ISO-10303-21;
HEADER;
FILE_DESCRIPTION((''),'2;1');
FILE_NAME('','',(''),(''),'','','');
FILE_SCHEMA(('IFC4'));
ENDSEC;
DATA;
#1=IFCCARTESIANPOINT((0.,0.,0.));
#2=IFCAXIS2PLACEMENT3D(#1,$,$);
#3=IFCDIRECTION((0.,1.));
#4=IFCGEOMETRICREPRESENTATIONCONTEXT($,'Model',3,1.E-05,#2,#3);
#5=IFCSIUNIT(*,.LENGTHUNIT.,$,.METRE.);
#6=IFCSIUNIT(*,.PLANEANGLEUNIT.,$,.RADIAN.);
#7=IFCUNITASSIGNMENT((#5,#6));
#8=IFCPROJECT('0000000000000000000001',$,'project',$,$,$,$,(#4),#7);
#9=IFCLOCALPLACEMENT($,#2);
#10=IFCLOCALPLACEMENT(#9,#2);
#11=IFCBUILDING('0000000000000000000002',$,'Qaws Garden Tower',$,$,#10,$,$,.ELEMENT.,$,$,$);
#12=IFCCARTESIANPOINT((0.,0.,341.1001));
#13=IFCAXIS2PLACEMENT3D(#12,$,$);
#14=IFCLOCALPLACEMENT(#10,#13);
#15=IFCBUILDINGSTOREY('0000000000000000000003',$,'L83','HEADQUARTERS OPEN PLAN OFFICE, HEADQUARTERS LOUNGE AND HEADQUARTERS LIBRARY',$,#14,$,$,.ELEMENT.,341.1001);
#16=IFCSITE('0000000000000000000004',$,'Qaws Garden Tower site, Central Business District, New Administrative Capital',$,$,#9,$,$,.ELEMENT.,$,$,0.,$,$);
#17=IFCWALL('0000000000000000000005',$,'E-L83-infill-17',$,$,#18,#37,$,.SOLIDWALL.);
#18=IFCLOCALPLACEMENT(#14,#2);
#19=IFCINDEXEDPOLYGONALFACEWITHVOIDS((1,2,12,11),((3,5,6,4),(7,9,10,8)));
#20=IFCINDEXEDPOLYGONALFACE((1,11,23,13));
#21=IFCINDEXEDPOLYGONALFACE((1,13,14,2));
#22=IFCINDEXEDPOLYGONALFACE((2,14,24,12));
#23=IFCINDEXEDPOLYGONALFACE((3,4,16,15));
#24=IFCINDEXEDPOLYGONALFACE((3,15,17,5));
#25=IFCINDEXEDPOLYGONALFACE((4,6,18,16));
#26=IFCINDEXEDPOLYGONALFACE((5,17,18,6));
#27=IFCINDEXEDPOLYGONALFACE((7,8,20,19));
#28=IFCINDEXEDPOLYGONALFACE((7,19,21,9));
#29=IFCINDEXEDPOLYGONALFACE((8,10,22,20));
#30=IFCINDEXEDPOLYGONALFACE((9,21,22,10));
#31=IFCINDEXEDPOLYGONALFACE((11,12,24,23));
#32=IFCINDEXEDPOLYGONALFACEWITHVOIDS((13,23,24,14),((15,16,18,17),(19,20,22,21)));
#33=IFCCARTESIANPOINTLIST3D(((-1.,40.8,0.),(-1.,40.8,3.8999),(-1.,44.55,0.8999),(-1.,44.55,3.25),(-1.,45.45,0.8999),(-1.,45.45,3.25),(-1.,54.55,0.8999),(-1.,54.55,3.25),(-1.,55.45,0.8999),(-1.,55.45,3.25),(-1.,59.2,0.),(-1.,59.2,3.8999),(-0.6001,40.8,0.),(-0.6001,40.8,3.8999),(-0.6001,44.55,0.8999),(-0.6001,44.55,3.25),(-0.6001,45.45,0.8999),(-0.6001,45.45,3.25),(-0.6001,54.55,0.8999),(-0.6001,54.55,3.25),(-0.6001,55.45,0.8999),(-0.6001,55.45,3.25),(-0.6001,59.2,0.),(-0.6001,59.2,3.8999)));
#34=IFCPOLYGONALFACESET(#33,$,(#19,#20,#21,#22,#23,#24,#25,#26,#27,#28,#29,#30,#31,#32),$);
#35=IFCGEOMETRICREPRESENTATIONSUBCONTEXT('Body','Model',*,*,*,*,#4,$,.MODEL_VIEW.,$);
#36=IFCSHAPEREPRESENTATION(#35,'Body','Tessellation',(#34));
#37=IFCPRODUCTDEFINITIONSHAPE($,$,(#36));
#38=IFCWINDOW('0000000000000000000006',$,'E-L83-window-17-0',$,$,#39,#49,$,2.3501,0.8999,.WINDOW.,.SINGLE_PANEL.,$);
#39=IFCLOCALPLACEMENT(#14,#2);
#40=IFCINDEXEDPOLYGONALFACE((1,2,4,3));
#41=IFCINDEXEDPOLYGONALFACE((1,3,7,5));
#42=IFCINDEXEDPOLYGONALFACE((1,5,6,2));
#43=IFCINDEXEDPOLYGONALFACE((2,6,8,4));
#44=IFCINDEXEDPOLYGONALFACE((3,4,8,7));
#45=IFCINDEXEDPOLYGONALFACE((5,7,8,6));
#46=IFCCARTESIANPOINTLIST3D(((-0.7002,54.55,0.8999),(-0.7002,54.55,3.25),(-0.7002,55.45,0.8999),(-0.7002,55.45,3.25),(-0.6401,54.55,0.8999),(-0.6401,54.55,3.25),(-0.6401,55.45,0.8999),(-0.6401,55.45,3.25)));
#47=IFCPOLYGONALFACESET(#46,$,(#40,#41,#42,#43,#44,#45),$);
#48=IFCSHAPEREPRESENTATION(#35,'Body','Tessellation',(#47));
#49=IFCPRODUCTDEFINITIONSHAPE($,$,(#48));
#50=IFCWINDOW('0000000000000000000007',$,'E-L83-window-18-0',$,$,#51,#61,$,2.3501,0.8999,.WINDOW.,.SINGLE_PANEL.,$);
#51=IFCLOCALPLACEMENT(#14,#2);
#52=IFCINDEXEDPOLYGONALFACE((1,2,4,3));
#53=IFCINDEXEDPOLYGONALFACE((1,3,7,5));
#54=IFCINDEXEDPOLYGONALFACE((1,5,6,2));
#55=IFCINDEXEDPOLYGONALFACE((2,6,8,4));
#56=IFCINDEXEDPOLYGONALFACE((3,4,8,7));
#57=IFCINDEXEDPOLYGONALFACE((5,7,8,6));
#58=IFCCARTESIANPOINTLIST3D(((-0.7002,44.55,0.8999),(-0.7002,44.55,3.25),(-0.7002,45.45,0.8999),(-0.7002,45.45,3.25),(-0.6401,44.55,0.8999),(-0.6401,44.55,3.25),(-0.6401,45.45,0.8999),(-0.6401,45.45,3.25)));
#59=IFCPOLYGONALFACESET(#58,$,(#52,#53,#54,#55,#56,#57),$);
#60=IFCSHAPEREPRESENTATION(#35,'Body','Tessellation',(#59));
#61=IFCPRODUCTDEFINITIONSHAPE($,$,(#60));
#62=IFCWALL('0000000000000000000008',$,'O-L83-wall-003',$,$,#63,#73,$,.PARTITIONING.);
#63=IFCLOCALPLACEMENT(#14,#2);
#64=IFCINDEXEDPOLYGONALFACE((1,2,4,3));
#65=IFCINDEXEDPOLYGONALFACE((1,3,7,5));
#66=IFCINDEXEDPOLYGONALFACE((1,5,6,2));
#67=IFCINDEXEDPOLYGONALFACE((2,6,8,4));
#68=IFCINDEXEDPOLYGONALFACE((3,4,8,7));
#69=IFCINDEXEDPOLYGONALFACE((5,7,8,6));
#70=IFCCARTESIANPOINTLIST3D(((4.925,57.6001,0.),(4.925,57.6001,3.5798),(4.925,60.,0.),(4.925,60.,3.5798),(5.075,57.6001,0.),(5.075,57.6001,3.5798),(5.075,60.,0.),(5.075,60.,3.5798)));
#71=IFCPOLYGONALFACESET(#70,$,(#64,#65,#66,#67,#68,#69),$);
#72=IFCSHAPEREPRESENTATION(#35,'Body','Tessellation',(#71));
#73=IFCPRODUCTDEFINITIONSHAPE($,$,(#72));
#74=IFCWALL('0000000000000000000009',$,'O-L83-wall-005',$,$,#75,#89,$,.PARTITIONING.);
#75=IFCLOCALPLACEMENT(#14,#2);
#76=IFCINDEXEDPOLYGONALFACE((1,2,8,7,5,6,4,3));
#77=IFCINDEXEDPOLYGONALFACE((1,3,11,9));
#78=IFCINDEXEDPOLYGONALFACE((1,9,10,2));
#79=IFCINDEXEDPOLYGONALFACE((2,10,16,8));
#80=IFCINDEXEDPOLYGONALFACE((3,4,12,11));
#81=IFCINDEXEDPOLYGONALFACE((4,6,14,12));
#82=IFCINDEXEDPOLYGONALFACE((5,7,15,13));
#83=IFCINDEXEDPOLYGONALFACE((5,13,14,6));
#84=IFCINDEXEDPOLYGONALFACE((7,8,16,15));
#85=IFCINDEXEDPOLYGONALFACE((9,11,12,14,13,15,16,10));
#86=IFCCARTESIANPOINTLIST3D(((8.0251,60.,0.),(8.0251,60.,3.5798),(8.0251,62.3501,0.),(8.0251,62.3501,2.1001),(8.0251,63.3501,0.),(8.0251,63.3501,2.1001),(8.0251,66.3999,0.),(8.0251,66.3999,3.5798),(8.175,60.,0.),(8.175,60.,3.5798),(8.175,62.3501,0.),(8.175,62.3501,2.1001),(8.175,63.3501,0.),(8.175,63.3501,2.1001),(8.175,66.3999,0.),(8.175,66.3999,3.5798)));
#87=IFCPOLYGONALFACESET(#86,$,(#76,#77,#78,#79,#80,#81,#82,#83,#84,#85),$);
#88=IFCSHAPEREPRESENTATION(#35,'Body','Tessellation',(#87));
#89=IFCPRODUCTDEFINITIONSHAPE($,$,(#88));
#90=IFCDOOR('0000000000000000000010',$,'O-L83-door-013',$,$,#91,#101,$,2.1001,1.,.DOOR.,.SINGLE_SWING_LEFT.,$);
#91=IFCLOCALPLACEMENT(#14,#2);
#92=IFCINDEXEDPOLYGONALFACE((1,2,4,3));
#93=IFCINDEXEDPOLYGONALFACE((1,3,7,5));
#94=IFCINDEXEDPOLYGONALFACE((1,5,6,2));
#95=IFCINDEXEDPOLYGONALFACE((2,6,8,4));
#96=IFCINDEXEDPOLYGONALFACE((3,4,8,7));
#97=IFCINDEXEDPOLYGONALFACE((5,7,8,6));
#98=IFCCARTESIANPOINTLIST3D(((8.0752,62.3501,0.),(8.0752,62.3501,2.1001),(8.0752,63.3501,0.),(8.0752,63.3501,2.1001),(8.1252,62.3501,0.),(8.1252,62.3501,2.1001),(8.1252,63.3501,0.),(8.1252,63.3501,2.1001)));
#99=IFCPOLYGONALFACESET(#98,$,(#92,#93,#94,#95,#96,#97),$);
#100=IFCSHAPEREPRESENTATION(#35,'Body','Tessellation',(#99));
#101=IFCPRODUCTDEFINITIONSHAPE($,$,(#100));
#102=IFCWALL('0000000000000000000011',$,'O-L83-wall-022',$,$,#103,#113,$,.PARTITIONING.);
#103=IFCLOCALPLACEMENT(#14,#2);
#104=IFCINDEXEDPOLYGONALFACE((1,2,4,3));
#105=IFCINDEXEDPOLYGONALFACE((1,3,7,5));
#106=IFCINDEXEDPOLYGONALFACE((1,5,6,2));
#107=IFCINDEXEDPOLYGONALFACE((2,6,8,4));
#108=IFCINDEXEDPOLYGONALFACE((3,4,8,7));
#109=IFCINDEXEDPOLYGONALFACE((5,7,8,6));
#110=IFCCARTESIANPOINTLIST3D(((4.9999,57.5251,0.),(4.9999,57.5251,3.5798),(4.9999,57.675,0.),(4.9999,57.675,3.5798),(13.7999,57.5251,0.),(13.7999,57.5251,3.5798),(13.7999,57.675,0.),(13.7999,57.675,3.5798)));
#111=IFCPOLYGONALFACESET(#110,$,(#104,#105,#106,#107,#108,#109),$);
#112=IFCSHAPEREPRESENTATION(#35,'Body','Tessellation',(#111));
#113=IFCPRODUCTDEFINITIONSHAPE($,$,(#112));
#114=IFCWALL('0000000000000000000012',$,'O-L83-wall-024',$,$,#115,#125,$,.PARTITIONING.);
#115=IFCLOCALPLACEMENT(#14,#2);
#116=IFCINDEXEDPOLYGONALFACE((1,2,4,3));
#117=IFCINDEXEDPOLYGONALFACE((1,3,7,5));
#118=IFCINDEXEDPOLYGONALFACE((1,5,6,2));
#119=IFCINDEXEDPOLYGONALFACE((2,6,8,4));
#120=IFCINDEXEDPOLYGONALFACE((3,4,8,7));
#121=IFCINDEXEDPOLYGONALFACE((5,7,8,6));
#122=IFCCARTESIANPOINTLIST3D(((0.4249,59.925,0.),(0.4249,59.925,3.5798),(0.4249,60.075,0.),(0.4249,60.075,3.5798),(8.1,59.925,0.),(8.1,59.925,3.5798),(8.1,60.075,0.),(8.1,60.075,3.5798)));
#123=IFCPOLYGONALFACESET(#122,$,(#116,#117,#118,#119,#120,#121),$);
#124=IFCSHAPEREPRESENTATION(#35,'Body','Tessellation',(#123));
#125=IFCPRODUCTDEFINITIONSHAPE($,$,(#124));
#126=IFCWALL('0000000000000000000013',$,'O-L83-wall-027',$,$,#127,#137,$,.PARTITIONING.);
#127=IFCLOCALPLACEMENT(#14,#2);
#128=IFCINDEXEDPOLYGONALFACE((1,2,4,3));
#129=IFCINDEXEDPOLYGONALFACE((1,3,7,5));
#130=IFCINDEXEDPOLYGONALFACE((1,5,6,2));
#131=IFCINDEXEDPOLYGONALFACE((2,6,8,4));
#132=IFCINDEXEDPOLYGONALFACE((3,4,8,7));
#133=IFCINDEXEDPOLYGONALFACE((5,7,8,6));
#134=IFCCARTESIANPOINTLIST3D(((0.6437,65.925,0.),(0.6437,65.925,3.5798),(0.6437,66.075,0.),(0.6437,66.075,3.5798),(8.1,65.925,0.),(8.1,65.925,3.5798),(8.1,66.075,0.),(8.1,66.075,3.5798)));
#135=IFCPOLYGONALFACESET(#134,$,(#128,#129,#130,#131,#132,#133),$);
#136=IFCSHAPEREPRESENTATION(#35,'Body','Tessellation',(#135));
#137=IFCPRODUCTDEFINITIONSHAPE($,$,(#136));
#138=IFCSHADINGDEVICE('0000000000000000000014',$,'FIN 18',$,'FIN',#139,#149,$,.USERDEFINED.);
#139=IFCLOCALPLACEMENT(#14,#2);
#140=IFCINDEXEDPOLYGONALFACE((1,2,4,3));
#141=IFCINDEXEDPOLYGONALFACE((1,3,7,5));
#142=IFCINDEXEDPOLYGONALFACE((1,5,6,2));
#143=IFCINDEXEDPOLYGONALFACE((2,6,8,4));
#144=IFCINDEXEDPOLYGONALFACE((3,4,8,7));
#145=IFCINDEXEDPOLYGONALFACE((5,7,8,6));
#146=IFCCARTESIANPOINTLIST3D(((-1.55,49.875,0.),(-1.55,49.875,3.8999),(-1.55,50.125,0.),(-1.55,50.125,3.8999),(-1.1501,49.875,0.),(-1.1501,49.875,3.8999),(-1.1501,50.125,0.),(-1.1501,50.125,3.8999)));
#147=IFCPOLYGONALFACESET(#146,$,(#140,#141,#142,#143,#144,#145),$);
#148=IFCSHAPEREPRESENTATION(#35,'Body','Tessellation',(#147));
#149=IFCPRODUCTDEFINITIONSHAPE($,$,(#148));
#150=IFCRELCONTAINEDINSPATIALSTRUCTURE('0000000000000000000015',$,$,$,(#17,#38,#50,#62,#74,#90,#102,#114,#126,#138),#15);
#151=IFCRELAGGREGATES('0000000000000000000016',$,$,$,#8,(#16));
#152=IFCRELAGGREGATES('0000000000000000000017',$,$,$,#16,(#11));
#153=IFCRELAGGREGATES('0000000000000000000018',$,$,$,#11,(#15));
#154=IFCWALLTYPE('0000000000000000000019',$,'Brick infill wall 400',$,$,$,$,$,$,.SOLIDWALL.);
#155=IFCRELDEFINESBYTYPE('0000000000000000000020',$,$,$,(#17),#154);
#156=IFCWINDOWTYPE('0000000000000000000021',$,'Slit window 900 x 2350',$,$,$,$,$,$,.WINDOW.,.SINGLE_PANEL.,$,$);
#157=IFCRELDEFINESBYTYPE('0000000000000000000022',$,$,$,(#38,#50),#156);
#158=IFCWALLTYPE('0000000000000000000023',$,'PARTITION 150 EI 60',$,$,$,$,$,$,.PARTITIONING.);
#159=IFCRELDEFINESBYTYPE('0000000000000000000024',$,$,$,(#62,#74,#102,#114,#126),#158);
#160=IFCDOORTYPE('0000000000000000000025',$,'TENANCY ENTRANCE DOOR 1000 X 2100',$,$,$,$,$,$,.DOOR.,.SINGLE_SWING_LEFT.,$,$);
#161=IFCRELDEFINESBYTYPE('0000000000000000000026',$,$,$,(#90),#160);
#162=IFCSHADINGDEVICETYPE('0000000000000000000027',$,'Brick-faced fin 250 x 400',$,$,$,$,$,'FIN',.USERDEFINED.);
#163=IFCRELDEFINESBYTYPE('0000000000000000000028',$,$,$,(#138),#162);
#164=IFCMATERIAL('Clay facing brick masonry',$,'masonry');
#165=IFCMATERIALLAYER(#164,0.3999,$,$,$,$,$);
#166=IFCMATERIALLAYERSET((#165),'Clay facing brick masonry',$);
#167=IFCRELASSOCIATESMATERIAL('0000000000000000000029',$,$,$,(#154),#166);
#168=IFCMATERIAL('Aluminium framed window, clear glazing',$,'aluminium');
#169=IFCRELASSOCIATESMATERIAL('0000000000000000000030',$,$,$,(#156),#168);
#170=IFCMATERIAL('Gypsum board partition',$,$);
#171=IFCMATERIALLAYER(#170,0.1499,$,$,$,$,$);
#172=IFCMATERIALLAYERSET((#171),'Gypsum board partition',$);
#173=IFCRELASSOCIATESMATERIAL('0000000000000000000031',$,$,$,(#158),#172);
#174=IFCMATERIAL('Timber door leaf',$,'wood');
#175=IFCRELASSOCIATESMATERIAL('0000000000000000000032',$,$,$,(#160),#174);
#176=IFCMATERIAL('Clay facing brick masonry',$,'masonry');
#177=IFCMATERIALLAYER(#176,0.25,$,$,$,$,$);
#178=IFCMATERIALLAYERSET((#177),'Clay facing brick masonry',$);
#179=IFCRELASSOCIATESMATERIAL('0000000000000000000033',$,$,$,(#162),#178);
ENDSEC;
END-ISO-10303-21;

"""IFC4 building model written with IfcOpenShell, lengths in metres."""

from ifc_helpers import new_model, si_unit, direction, frame, frame_2d, origin, origin_2d, place, context, subcontext, project, spatial, rectangle, extrude, material, layer, layer_set, type_object, element, fill, save


model = new_model("IFC4")

# Units and contexts
model_context = context("Model", 3, precision=1e-05, world=origin(), true_north=direction((0.0, 1.0)))
body_context = subcontext(model_context, "Body", "Model", "MODEL_VIEW")
ifc_project = project(units=[si_unit("LENGTHUNIT", "METRE"), si_unit("PLANEANGLEUNIT", "RADIAN")], contexts=[model_context])

# Site, building, storey
site_placement = place(None, origin())
site = spatial("IfcSite", under=ifc_project, at=site_placement, Name="Qaws Garden Tower site, Central Business District, New Administrative Capital", CompositionType="ELEMENT", RefElevation=0.0)
building_placement = place(site_placement, origin())
building = spatial("IfcBuilding", under=site, at=building_placement, Name="Qaws Garden Tower", CompositionType="ELEMENT")
storey_placement = place(building_placement, frame((0.0, 0.0, 341.1001)))
storey = spatial("IfcBuildingStorey", under=building, at=storey_placement, Name="L83", Description="HEADQUARTERS OPEN PLAN OFFICE, HEADQUARTERS LOUNGE AND HEADQUARTERS LIBRARY", CompositionType="ELEMENT", Elevation=341.1001)

# Shared definitions
ifc_material_1 = material(Name="Clay facing brick masonry", Category="masonry")
ifc_layer_1 = layer(ifc_material_1, 0.3999)
ifc_layer_set_1 = layer_set([ifc_layer_1], Name="Clay facing brick masonry")
wall_type_1 = type_object("IfcWallType", Name="Brick infill wall 400", PredefinedType="SOLIDWALL", material=ifc_layer_set_1)

# Wall, openings, windows
wall_1_placement = place(storey_placement, frame((-0.8, 59.2, 0.0), z_axis=(0.0, 0.0, 1.0), x_axis=(0.0, -1.0, 0.0)))
wall_1 = element("IfcWall", 1, at=wall_1_placement, inside=storey, type_object=wall_type_1, Name="E-L83-infill-17", PredefinedType="SOLIDWALL", context=body_context, shape_type="SweptSolid", body=[
    extrude(rectangle(XDim=18.3999, YDim=0.3999, at=frame_2d((9.2, 0.0))), origin(), (0.0, 0.0, 1.0), 3.8999),
])
opening_1_placement = place(wall_1_placement, frame((3.75, 0.0, 0.8999)))
opening_1 = element("IfcOpeningElement", 2, at=opening_1_placement, cuts=wall_1, PredefinedType="OPENING", context=body_context, shape_type="SweptSolid", body=[
    extrude(rectangle(XDim=0.8999, YDim=2.3501, at=frame_2d((0.45, 1.175))), frame((0.0, 0.21, 0.0), z_axis=(0.0, -1.0, 0.0), x_axis=(1.0, 0.0, 0.0)), (0.0, 0.0, 1.0), 0.4199),
])
opening_2_placement = place(wall_1_placement, frame((13.75, 0.0, 0.8999)))
opening_2 = element("IfcOpeningElement", 3, at=opening_2_placement, cuts=wall_1, PredefinedType="OPENING", context=body_context, shape_type="SweptSolid", body=[
    extrude(rectangle(XDim=0.8999, YDim=2.3501, at=frame_2d((0.45, 1.175))), frame((0.0, 0.21, 0.0), z_axis=(0.0, -1.0, 0.0), x_axis=(1.0, 0.0, 0.0)), (0.0, 0.0, 1.0), 0.4199),
])
ifc_material_2 = material(Name="Aluminium framed window, clear glazing", Category="aluminium")
window_type_1 = type_object("IfcWindowType", Name="Slit window 900 x 2350", PartitioningType="SINGLE_PANEL", PredefinedType="WINDOW", material=ifc_material_2)
window_1_placement = place(opening_1_placement, origin())
window_1 = element("IfcWindow", 4, at=window_1_placement, inside=storey, type_object=window_type_1, Name="E-L83-window-17-0", OverallHeight=2.3501, OverallWidth=0.8999, PartitioningType="SINGLE_PANEL", PredefinedType="WINDOW", context=body_context, shape_type="SweptSolid", body=[
    extrude(rectangle(XDim=0.8999, YDim=2.3501, at=frame_2d((0.45, 1.175))), frame((0.0, 0.1599, 0.0), z_axis=(0.0, -1.0, 0.0), x_axis=(1.0, 0.0, 0.0)), (0.0, 0.0, 1.0), 0.0601),
])
fill(opening_1, window_1)
window_2_placement = place(opening_2_placement, origin())
window_2 = element("IfcWindow", 5, at=window_2_placement, inside=storey, type_object=window_type_1, Name="E-L83-window-18-0", OverallHeight=2.3501, OverallWidth=0.8999, PartitioningType="SINGLE_PANEL", PredefinedType="WINDOW", context=body_context, shape_type="SweptSolid", body=[
    extrude(rectangle(XDim=0.8999, YDim=2.3501, at=frame_2d((0.45, 1.175))), frame((0.0, 0.1599, 0.0), z_axis=(0.0, -1.0, 0.0), x_axis=(1.0, 0.0, 0.0)), (0.0, 0.0, 1.0), 0.0601),
])
fill(opening_2, window_2)

# Wall
ifc_material_3 = material(Name="Gypsum board partition")
ifc_layer_2 = layer(ifc_material_3, 0.1499)
ifc_layer_set_2 = layer_set([ifc_layer_2], Name="Gypsum board partition")
wall_type_2 = type_object("IfcWallType", Name="PARTITION 150 EI 60", PredefinedType="PARTITIONING", material=ifc_layer_set_2)
wall_2_placement = place(storey_placement, frame((5.0, 57.6001, 0.0), z_axis=(0.0, 0.0, 1.0), x_axis=(0.0, 1.0, 0.0)))
element("IfcWall", 6, at=wall_2_placement, inside=storey, type_object=wall_type_2, Name="O-L83-wall-003", PredefinedType="PARTITIONING", context=body_context, shape_type="SweptSolid", body=[
    extrude(rectangle(XDim=2.3999, YDim=0.1499, at=frame_2d((1.2, 0.0))), origin(), (0.0, 0.0, 1.0), 3.5798),
])

# Wall, opening, door
wall_3_placement = place(storey_placement, frame((8.1001, 60.0, 0.0), z_axis=(0.0, 0.0, 1.0), x_axis=(0.0, 1.0, 0.0)))
wall_3 = element("IfcWall", 7, at=wall_3_placement, inside=storey, type_object=wall_type_2, Name="O-L83-wall-005", PredefinedType="PARTITIONING", context=body_context, shape_type="SweptSolid", body=[
    extrude(rectangle(XDim=6.3999, YDim=0.1499, at=frame_2d((3.2, 0.0))), origin(), (0.0, 0.0, 1.0), 3.5798),
])
opening_3_placement = place(wall_3_placement, frame((2.3501, 0.0, 0.0)))
opening_3 = element("IfcOpeningElement", 8, at=opening_3_placement, cuts=wall_3, PredefinedType="OPENING", context=body_context, shape_type="SweptSolid", body=[
    extrude(rectangle(XDim=1.0, YDim=2.1001, at=frame_2d((0.5, 1.05))), frame((0.0, 0.085, 0.0), z_axis=(0.0, -1.0, 0.0), x_axis=(1.0, 0.0, 0.0)), (0.0, 0.0, 1.0), 0.1699),
])
ifc_material_4 = material(Name="Timber door leaf", Category="wood")
door_type = type_object("IfcDoorType", Name="TENANCY ENTRANCE DOOR 1000 X 2100", OperationType="SINGLE_SWING_LEFT", PredefinedType="DOOR", material=ifc_material_4)
door_placement = place(opening_3_placement, origin())
door = element("IfcDoor", 9, at=door_placement, inside=storey, type_object=door_type, Name="O-L83-door-013", OperationType="SINGLE_SWING_LEFT", OverallHeight=2.1001, OverallWidth=1.0, PredefinedType="DOOR", context=body_context, shape_type="SweptSolid", body=[
    extrude(rectangle(XDim=1.0, YDim=2.1001, at=frame_2d((0.5, 1.05))), frame((0.0, 0.0249, 0.0), z_axis=(0.0, -1.0, 0.0), x_axis=(1.0, 0.0, 0.0)), (0.0, 0.0, 1.0), 0.05),
])
fill(opening_3, door)

# Walls
wall_4_placement = place(storey_placement, frame((5.0, 57.6001, 0.0), z_axis=(0.0, 0.0, 1.0), x_axis=(1.0, 0.0, 0.0)))
element("IfcWall", 10, at=wall_4_placement, inside=storey, type_object=wall_type_2, Name="O-L83-wall-022", PredefinedType="PARTITIONING", context=body_context, shape_type="SweptSolid", body=[
    extrude(rectangle(XDim=8.8, YDim=0.1499, at=frame_2d((4.3999, 0.0))), origin(), (0.0, 0.0, 1.0), 3.5798),
])
wall_5_placement = place(storey_placement, frame((0.425, 60.0, 0.0), z_axis=(0.0, 0.0, 1.0), x_axis=(1.0, 0.0, 0.0)))
element("IfcWall", 11, at=wall_5_placement, inside=storey, type_object=wall_type_2, Name="O-L83-wall-024", PredefinedType="PARTITIONING", context=body_context, shape_type="SweptSolid", body=[
    extrude(rectangle(XDim=7.675, YDim=0.1499, at=frame_2d((3.8374, 0.0))), origin(), (0.0, 0.0, 1.0), 3.5798),
])
wall_6_placement = place(storey_placement, frame((0.6438, 66.0, 0.0), z_axis=(0.0, 0.0, 1.0), x_axis=(1.0, 0.0, 0.0)))
element("IfcWall", 12, at=wall_6_placement, inside=storey, type_object=wall_type_2, Name="O-L83-wall-027", PredefinedType="PARTITIONING", context=body_context, shape_type="SweptSolid", body=[
    extrude(rectangle(XDim=7.4563, YDim=0.1499, at=frame_2d((3.728, 0.0))), origin(), (0.0, 0.0, 1.0), 3.5798),
])

# Shading device
ifc_material_5 = material(Name="Clay facing brick masonry", Category="masonry")
ifc_layer_3 = layer(ifc_material_5, 0.25)
ifc_layer_set_3 = layer_set([ifc_layer_3], Name="Clay facing brick masonry")
shading_device_type = type_object("IfcShadingDeviceType", Name="Brick-faced fin 250 x 400", ElementType="FIN", PredefinedType="USERDEFINED", material=ifc_layer_set_3)
shading_device_placement = place(storey_placement, frame((-1.3501, 50.0, 0.0), z_axis=(0.0, 0.0, 1.0), x_axis=(0.0, -1.0, 0.0)))
element("IfcShadingDevice", 13, at=shading_device_placement, inside=storey, type_object=shading_device_type, Name="FIN 18", ObjectType="FIN", PredefinedType="USERDEFINED", context=body_context, shape_type="SweptSolid", body=[
    extrude(rectangle(XDim=0.25, YDim=0.3999, at=origin_2d()), origin(), (0.0, 0.0, 1.0), 3.8999),
])

save(model, "model.ifc")
